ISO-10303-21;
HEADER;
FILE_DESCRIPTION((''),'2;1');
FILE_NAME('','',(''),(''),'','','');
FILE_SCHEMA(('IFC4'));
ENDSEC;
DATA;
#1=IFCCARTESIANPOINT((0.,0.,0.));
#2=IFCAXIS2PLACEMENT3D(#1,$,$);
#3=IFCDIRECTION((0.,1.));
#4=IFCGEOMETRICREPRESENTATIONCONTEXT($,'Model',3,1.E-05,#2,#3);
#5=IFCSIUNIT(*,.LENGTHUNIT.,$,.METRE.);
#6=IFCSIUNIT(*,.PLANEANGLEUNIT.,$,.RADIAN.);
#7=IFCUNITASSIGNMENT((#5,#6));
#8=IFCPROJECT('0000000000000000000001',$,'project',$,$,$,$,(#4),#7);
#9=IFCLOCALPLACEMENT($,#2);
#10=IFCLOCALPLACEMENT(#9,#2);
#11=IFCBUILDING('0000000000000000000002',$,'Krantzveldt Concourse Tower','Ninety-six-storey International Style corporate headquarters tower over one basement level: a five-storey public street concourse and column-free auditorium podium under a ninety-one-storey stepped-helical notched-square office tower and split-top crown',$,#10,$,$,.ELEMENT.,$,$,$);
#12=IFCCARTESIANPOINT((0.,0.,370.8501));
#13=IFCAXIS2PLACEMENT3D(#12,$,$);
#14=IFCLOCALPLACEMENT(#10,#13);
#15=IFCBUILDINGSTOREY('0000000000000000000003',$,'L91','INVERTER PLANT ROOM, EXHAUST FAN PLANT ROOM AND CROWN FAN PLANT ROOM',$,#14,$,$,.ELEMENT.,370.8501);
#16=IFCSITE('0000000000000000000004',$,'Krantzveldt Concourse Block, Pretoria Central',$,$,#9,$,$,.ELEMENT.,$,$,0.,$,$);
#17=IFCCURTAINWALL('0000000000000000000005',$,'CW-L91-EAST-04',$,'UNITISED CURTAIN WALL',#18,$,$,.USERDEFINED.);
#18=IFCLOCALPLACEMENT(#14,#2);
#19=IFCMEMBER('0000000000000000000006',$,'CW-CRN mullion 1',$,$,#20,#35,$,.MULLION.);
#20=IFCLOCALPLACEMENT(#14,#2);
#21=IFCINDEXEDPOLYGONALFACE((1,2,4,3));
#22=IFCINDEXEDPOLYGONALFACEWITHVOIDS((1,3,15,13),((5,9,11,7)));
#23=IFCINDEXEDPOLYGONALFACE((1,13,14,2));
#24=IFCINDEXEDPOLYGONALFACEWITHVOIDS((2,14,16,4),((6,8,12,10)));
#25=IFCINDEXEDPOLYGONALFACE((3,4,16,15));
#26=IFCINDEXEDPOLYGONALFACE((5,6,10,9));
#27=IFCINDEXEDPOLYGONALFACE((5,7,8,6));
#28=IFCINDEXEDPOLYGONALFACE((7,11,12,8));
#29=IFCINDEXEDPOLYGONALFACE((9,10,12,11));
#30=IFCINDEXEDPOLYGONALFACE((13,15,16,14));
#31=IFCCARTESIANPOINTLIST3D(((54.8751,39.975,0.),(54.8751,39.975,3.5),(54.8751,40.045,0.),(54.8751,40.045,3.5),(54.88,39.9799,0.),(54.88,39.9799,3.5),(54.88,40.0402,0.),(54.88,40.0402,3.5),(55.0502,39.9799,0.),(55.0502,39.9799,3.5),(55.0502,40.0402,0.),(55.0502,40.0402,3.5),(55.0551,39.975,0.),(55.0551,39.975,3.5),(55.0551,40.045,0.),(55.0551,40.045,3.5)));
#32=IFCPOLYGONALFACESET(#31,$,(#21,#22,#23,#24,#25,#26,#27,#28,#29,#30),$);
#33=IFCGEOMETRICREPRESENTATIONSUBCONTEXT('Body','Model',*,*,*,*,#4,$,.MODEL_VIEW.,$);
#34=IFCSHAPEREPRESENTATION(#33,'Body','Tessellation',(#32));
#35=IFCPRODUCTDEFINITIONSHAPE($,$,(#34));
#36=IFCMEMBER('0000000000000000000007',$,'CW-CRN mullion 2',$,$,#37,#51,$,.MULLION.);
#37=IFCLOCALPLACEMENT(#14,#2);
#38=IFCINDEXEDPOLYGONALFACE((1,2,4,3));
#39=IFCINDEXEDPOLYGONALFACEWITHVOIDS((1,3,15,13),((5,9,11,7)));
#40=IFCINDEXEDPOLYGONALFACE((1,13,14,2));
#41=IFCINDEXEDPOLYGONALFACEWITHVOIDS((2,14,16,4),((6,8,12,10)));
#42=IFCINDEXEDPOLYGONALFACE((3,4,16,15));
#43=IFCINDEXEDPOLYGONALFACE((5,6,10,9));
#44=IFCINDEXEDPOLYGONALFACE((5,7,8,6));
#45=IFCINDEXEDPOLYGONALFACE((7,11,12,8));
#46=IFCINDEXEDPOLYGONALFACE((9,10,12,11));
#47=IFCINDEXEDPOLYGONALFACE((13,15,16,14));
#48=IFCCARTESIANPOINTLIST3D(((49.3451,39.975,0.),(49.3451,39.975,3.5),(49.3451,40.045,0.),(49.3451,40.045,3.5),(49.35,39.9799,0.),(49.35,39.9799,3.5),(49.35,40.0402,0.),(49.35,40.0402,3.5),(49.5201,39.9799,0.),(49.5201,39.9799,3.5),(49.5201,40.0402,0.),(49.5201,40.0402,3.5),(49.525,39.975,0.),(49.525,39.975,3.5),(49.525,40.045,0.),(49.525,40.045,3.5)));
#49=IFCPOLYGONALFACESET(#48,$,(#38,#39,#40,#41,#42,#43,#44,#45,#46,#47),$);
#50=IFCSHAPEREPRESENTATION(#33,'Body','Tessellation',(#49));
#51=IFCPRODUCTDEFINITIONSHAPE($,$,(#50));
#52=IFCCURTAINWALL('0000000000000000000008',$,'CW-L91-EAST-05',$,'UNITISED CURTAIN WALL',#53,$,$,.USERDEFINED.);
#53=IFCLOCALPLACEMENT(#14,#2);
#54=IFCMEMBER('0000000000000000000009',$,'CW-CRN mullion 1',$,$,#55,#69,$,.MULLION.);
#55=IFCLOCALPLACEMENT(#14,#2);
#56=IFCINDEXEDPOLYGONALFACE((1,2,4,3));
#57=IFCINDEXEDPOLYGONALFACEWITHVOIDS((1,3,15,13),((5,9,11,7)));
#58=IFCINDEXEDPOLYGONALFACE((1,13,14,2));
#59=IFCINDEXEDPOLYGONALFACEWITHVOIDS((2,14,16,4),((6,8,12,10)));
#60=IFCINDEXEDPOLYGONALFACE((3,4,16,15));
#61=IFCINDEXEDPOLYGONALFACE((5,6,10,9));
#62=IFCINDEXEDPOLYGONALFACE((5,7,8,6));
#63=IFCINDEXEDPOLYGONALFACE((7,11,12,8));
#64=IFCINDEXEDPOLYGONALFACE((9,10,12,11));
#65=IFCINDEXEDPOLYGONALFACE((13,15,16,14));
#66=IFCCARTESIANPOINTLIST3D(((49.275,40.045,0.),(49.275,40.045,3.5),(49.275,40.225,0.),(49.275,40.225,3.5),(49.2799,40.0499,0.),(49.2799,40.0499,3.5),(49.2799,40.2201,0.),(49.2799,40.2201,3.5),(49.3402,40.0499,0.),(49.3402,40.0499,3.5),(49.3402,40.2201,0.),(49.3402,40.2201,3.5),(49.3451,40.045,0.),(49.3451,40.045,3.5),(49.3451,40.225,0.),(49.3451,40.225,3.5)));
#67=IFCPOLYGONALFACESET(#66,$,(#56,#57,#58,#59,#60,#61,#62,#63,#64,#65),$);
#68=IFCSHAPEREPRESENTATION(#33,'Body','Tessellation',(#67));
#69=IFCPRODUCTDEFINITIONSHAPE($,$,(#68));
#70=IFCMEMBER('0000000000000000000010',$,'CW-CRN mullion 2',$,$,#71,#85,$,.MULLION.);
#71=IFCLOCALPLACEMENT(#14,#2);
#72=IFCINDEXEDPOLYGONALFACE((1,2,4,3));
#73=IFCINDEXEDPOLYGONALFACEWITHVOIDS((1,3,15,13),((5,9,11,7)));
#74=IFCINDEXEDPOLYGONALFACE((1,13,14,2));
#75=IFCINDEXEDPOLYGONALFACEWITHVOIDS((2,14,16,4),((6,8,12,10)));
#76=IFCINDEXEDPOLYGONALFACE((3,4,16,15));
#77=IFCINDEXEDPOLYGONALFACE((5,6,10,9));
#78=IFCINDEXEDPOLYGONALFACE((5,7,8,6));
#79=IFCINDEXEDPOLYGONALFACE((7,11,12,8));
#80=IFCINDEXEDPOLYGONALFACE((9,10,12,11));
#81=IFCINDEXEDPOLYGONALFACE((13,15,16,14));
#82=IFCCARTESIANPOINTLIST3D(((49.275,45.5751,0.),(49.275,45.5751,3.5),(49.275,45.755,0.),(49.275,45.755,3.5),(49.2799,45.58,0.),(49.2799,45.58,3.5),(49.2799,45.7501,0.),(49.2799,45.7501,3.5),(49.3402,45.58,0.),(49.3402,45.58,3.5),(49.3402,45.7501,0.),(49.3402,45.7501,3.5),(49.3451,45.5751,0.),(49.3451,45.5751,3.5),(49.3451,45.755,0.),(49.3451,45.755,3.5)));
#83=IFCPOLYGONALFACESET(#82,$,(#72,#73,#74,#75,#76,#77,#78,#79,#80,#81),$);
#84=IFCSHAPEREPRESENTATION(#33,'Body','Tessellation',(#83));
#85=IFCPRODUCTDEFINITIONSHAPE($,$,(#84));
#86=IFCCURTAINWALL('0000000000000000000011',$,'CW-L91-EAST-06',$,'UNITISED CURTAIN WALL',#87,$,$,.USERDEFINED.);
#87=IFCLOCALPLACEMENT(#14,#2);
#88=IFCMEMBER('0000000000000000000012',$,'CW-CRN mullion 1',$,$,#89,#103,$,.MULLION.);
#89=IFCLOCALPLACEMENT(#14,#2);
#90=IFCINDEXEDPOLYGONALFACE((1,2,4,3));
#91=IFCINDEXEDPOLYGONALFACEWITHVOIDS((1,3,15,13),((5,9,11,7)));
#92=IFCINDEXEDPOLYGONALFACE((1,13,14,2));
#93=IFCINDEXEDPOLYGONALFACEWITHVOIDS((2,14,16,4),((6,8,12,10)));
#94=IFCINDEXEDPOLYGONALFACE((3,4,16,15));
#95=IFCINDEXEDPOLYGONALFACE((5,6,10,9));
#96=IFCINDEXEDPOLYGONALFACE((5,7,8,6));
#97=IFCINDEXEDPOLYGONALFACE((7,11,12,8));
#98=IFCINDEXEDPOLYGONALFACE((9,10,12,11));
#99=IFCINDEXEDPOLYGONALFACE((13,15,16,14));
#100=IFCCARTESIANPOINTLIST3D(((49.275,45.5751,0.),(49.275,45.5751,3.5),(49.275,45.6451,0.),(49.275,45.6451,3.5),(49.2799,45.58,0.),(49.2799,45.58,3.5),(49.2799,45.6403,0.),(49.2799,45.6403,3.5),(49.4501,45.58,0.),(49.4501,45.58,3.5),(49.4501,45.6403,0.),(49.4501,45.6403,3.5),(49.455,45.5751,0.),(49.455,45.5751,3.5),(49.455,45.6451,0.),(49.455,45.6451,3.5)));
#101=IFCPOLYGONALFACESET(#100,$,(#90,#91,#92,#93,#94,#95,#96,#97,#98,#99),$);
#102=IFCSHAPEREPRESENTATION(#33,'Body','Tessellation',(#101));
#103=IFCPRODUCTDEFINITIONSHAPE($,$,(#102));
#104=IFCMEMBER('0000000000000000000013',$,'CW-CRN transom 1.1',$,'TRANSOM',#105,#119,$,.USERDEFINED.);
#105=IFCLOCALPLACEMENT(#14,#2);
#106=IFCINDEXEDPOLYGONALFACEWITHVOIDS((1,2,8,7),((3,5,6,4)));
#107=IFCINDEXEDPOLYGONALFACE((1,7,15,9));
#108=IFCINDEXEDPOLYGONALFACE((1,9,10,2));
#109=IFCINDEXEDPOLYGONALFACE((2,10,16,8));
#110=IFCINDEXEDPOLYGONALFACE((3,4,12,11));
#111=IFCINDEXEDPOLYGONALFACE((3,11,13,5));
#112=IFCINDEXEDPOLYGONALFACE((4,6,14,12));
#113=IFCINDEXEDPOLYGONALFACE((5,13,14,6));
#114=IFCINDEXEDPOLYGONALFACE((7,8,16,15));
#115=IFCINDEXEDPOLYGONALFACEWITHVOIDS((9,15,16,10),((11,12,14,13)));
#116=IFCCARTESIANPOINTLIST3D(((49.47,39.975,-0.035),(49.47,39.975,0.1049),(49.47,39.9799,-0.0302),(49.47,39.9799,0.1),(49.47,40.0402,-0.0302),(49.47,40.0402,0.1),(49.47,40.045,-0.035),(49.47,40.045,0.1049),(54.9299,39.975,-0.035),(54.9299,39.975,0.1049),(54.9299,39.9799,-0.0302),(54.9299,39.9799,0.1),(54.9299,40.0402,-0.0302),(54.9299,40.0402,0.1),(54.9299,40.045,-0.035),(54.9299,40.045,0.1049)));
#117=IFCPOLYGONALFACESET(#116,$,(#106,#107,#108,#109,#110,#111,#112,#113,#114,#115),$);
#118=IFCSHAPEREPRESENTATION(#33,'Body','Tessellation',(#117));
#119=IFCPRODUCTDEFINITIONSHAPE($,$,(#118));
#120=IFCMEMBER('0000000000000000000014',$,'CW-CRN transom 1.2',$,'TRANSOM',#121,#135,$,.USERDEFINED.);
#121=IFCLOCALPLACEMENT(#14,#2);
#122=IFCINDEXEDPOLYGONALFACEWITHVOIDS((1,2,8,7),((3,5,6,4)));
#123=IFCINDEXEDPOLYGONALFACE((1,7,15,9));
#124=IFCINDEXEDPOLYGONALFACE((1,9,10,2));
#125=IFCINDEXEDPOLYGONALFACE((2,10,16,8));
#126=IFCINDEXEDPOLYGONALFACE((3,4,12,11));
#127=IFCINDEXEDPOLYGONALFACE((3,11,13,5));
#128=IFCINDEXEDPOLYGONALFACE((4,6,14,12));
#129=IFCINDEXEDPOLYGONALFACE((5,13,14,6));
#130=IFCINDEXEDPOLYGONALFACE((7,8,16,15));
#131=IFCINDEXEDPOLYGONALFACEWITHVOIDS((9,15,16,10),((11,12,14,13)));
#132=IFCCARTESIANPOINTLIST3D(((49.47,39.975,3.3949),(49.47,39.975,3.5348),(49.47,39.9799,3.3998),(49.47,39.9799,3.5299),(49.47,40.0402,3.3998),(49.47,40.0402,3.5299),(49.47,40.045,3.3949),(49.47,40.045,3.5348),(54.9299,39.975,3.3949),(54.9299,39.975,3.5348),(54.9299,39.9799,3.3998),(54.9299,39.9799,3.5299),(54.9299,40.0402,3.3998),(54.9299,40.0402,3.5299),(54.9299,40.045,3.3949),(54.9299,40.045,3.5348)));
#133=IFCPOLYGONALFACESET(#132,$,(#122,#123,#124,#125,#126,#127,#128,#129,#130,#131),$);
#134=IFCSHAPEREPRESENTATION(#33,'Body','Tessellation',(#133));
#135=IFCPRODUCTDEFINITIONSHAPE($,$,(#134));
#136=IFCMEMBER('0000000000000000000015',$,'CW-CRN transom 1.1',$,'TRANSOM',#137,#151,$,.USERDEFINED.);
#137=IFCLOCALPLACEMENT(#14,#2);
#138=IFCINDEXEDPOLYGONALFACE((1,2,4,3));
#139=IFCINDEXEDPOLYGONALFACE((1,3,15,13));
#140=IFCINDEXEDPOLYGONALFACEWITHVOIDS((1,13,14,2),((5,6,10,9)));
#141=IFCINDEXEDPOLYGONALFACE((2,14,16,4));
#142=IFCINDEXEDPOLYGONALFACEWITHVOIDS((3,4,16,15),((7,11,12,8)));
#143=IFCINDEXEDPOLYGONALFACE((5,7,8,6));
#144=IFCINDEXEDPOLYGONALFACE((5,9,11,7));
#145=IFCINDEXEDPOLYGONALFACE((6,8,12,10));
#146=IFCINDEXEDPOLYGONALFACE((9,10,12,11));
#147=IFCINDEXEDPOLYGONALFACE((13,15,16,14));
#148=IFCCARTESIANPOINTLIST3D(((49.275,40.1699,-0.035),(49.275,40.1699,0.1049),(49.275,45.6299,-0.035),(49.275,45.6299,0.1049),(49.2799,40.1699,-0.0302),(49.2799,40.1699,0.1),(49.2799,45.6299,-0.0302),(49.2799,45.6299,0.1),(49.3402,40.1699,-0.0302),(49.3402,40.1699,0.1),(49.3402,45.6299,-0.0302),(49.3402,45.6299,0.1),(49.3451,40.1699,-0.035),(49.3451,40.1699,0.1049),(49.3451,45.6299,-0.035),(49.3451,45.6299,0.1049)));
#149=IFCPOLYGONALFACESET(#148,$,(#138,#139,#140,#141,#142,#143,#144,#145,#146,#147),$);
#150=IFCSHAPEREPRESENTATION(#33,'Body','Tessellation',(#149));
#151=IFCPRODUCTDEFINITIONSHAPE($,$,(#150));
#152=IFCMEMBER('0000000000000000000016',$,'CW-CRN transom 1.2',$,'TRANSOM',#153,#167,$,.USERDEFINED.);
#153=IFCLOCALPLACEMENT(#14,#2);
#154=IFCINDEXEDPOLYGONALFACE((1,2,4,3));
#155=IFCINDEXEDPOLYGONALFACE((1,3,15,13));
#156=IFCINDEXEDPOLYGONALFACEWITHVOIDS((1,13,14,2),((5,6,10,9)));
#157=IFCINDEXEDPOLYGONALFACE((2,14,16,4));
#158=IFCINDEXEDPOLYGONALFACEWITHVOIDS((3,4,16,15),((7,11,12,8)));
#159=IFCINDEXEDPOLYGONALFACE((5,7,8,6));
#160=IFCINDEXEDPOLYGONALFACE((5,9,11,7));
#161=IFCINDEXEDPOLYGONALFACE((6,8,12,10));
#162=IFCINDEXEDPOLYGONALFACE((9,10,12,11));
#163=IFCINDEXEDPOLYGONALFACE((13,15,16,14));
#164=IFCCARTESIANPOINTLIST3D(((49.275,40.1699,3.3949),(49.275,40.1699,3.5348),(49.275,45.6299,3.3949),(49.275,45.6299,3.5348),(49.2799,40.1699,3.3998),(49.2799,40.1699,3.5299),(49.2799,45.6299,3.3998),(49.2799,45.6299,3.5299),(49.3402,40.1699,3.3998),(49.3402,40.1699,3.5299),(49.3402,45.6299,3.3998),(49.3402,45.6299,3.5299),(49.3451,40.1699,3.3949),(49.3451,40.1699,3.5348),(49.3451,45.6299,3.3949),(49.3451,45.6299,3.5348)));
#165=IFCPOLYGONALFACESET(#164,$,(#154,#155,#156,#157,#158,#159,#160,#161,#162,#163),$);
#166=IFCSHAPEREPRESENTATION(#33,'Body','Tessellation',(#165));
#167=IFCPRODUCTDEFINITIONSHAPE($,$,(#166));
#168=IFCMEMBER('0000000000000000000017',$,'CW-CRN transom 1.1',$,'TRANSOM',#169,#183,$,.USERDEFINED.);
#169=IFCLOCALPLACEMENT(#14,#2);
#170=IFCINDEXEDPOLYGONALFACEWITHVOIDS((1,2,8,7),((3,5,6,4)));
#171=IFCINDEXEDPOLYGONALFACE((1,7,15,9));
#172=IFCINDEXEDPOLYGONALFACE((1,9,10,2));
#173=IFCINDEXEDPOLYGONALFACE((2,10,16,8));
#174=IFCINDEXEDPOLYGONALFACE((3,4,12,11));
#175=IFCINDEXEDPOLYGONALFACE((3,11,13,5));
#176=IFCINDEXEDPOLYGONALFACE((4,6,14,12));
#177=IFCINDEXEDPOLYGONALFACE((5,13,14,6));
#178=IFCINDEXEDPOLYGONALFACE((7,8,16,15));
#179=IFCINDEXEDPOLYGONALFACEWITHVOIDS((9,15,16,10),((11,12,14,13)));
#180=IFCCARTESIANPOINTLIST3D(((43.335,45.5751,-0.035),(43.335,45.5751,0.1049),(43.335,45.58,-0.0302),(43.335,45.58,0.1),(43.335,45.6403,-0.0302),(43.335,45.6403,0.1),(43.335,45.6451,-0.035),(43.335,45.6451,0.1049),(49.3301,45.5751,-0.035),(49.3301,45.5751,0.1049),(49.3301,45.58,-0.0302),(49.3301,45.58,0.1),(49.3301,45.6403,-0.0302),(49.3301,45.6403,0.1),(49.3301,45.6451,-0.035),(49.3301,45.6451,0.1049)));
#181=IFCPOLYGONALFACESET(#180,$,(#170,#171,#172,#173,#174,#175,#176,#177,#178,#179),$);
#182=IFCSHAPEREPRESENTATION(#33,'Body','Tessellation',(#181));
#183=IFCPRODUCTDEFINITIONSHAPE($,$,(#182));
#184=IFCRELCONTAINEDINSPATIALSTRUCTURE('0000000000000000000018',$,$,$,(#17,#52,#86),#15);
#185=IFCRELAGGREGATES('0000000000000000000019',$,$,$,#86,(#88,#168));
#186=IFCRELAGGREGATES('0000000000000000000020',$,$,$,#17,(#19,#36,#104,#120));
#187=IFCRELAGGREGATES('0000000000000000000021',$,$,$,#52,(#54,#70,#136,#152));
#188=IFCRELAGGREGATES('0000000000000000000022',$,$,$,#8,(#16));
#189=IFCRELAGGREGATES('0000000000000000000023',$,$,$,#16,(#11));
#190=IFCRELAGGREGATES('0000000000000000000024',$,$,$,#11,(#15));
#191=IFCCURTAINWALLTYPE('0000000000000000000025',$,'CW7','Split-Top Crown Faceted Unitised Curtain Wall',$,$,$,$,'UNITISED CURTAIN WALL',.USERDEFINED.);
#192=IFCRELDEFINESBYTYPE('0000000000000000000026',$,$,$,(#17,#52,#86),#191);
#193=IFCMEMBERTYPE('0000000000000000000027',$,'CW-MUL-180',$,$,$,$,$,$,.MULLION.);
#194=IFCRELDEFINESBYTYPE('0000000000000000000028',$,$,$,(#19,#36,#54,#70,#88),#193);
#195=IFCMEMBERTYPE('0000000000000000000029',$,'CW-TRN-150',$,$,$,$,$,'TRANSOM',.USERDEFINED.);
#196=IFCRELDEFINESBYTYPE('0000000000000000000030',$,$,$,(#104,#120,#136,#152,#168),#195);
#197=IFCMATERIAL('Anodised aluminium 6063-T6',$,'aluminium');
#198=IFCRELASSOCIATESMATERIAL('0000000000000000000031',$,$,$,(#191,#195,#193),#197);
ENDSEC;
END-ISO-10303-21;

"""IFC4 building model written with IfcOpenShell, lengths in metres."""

from ifc_helpers import new_model, si_unit, direction, frame, origin, origin_2d, place, context, subcontext, project, spatial, hollow_rectangle, extrude, source, transform, mapped, material, material_profile, profile_set, type_object, type_shapes, element, aggregate, save


model = new_model("IFC4")

# Units and contexts
model_context = context("Model", 3, precision=1e-05, world=origin(), true_north=direction((0.0, 1.0)))
body_context = subcontext(model_context, "Body", "Model", "MODEL_VIEW")
ifc_project = project(units=[si_unit("LENGTHUNIT", "METRE"), si_unit("PLANEANGLEUNIT", "RADIAN")], contexts=[model_context])

# Site, building, storey
site_placement = place(None, origin())
site = spatial("IfcSite", under=ifc_project, at=site_placement, Name="Krantzveldt Concourse Block, Pretoria Central", CompositionType="ELEMENT", RefElevation=0.0)
building_placement = place(site_placement, origin())
building = spatial("IfcBuilding", under=site, at=building_placement, Name="Krantzveldt Concourse Tower", Description="Ninety-six-storey International Style corporate headquarters tower over one basement level: a five-storey public street concourse and column-free auditorium podium under a ninety-one-storey stepped-helical notched-square office tower and split-top crown", CompositionType="ELEMENT")
storey_placement = place(building_placement, frame((0.0, 0.0, 370.8501)))
storey = spatial("IfcBuildingStorey", under=building, at=storey_placement, Name="L91", Description="INVERTER PLANT ROOM, EXHAUST FAN PLANT ROOM AND CROWN FAN PLANT ROOM", CompositionType="ELEMENT", Elevation=370.8501)

# Curtain walls, members
ifc_material_1 = material(Name="Anodised aluminium 6063-T6", Category="aluminium")
curtain_wall_type = type_object("IfcCurtainWallType", Name="CW7", Description="Split-Top Crown Faceted Unitised Curtain Wall", ElementType="UNITISED CURTAIN WALL", PredefinedType="USERDEFINED", material=ifc_material_1)
ifc_material_profile_1 = material_profile(ifc_material_1, hollow_rectangle(XDim=0.0701, YDim=0.1399, WallThickness=0.0049, at=origin_2d()), Name="Anodised aluminium 6063-T6", Category="aluminium")
ifc_profile_set_1 = profile_set([ifc_material_profile_1], Name="Anodised aluminium 6063-T6 - ALU-TRAN 140x70x5")
member_type_1 = type_object("IfcMemberType", Name="CW-TRN-150", ElementType="TRANSOM", PredefinedType="USERDEFINED", material=ifc_profile_set_1)
ifc_material_profile_2 = material_profile(ifc_material_1, hollow_rectangle(XDim=0.0701, YDim=0.1799, WallThickness=0.0049, at=origin_2d()), Name="Anodised aluminium 6063-T6", Category="aluminium")
ifc_profile_set_2 = profile_set([ifc_material_profile_2], Name="Anodised aluminium 6063-T6 - ALU-MULL 180x70x5")
member_type_2 = type_object("IfcMemberType", Name="CW-MUL-180", PredefinedType="MULLION", material=ifc_profile_set_2)
shared_shape_1 = source(origin(), body_context, "Body", "SweptSolid", [
    extrude(hollow_rectangle(XDim=0.0701, YDim=0.1799, WallThickness=0.0049, at=origin_2d()), origin(), (0.0, 0.0, 1.0), 3.5),
])
type_shapes(member_type_2, [shared_shape_1])
curtain_wall_1_placement = place(storey_placement, origin())
curtain_wall_1 = element("IfcCurtainWall", 1, at=curtain_wall_1_placement, inside=storey, type_object=curtain_wall_type, Name="CW-L91-EAST-04", ObjectType="UNITISED CURTAIN WALL", PredefinedType="USERDEFINED")
member_1_placement = place(storey_placement, frame((54.9651, 40.01, 0.0), z_axis=(0.0, 0.0, 1.0), x_axis=(0.0, -1.0, 0.0)))
member_1 = element("IfcMember", 2, at=member_1_placement, type_object=member_type_2, Name="CW-CRN mullion 1", PredefinedType="MULLION", context=body_context, shape_type="MappedRepresentation", body=[
    mapped(shared_shape_1, transform((0.0, 0.0, 0.0), x_axis=(1.0, 0.0, 0.0), y_axis=(0.0, 1.0, 0.0), z_axis=(0.0, 0.0, 1.0), scale=1.0)),
])
member_2_placement = place(storey_placement, frame((49.4351, 40.01, 0.0), z_axis=(0.0, 0.0, 1.0), x_axis=(0.0, -1.0, 0.0)))
member_2 = element("IfcMember", 3, at=member_2_placement, type_object=member_type_2, Name="CW-CRN mullion 2", PredefinedType="MULLION", context=body_context, shape_type="MappedRepresentation", body=[
    mapped(shared_shape_1, transform((0.0, 0.0, 0.0), x_axis=(1.0, 0.0, 0.0), y_axis=(0.0, 1.0, 0.0), z_axis=(0.0, 0.0, 1.0), scale=1.0)),
])
curtain_wall_2_placement = place(storey_placement, origin())
curtain_wall_2 = element("IfcCurtainWall", 4, at=curtain_wall_2_placement, inside=storey, type_object=curtain_wall_type, Name="CW-L91-EAST-05", ObjectType="UNITISED CURTAIN WALL", PredefinedType="USERDEFINED")
member_3_placement = place(storey_placement, frame((49.3101, 40.135, 0.0), z_axis=(0.0, 0.0, 1.0), x_axis=(-1.0, 0.0, 0.0)))
member_3 = element("IfcMember", 5, at=member_3_placement, type_object=member_type_2, Name="CW-CRN mullion 1", PredefinedType="MULLION", context=body_context, shape_type="MappedRepresentation", body=[
    mapped(shared_shape_1, transform((0.0, 0.0, 0.0), x_axis=(1.0, 0.0, 0.0), y_axis=(0.0, 1.0, 0.0), z_axis=(0.0, 0.0, 1.0), scale=1.0)),
])
member_4_placement = place(storey_placement, frame((49.3101, 45.665, 0.0), z_axis=(0.0, 0.0, 1.0), x_axis=(-1.0, 0.0, 0.0)))
member_4 = element("IfcMember", 6, at=member_4_placement, type_object=member_type_2, Name="CW-CRN mullion 2", PredefinedType="MULLION", context=body_context, shape_type="MappedRepresentation", body=[
    mapped(shared_shape_1, transform((0.0, 0.0, 0.0), x_axis=(1.0, 0.0, 0.0), y_axis=(0.0, 1.0, 0.0), z_axis=(0.0, 0.0, 1.0), scale=1.0)),
])

# Curtain wall, member
curtain_wall_3_placement = place(storey_placement, origin())
curtain_wall_3 = element("IfcCurtainWall", 7, at=curtain_wall_3_placement, inside=storey, type_object=curtain_wall_type, Name="CW-L91-EAST-06", ObjectType="UNITISED CURTAIN WALL", PredefinedType="USERDEFINED")
member_5_placement = place(storey_placement, frame((49.365, 45.6101, 0.0), z_axis=(0.0, 0.0, 1.0), x_axis=(0.0, -1.0, 0.0)))
member_5 = element("IfcMember", 8, at=member_5_placement, type_object=member_type_2, Name="CW-CRN mullion 1", PredefinedType="MULLION", context=body_context, shape_type="MappedRepresentation", body=[
    mapped(shared_shape_1, transform((0.0, 0.0, 0.0), x_axis=(1.0, 0.0, 0.0), y_axis=(0.0, 1.0, 0.0), z_axis=(0.0, 0.0, 1.0), scale=1.0)),
])

# Members
shared_shape_2 = source(origin(), body_context, "Body", "SweptSolid", [
    extrude(hollow_rectangle(XDim=0.0701, YDim=0.1399, WallThickness=0.0049, at=origin_2d()), origin(), (0.0, 0.0, 1.0), 5.46),
])
member_6_placement = place(storey_placement, frame((54.9299, 40.01, 0.0349), z_axis=(-1.0, 0.0, 0.0), x_axis=(0.0, -1.0, 0.0)))
member_6 = element("IfcMember", 9, at=member_6_placement, type_object=member_type_1, Name="CW-CRN transom 1.1", ObjectType="TRANSOM", PredefinedType="USERDEFINED", context=body_context, shape_type="MappedRepresentation", body=[
    mapped(shared_shape_2, transform((0.0, 0.0, 0.0), x_axis=(1.0, 0.0, 0.0), y_axis=(0.0, 1.0, 0.0), z_axis=(0.0, 0.0, 1.0), scale=1.0)),
])
member_7_placement = place(storey_placement, frame((54.9299, 40.01, 3.4648), z_axis=(-1.0, 0.0, 0.0), x_axis=(0.0, -1.0, 0.0)))
member_7 = element("IfcMember", 10, at=member_7_placement, type_object=member_type_1, Name="CW-CRN transom 1.2", ObjectType="TRANSOM", PredefinedType="USERDEFINED", context=body_context, shape_type="MappedRepresentation", body=[
    mapped(shared_shape_2, transform((0.0, 0.0, 0.0), x_axis=(1.0, 0.0, 0.0), y_axis=(0.0, 1.0, 0.0), z_axis=(0.0, 0.0, 1.0), scale=1.0)),
])
member_8_placement = place(storey_placement, frame((49.3101, 40.1699, 0.0349), z_axis=(0.0, 1.0, 0.0), x_axis=(-1.0, 0.0, 0.0)))
member_8 = element("IfcMember", 11, at=member_8_placement, type_object=member_type_1, Name="CW-CRN transom 1.1", ObjectType="TRANSOM", PredefinedType="USERDEFINED", context=body_context, shape_type="MappedRepresentation", body=[
    mapped(shared_shape_2, transform((0.0, 0.0, 0.0), x_axis=(1.0, 0.0, 0.0), y_axis=(0.0, 1.0, 0.0), z_axis=(0.0, 0.0, 1.0), scale=1.0)),
])
member_9_placement = place(storey_placement, frame((49.3101, 40.1699, 3.4648), z_axis=(0.0, 1.0, 0.0), x_axis=(-1.0, 0.0, 0.0)))
member_9 = element("IfcMember", 12, at=member_9_placement, type_object=member_type_1, Name="CW-CRN transom 1.2", ObjectType="TRANSOM", PredefinedType="USERDEFINED", context=body_context, shape_type="MappedRepresentation", body=[
    mapped(shared_shape_2, transform((0.0, 0.0, 0.0), x_axis=(1.0, 0.0, 0.0), y_axis=(0.0, 1.0, 0.0), z_axis=(0.0, 0.0, 1.0), scale=1.0)),
])
shared_shape_3 = source(origin(), body_context, "Body", "SweptSolid", [
    extrude(hollow_rectangle(XDim=0.0701, YDim=0.1399, WallThickness=0.0049, at=origin_2d()), origin(), (0.0, 0.0, 1.0), 5.9951),
])
member_10_placement = place(storey_placement, frame((49.3301, 45.6101, 0.0349), z_axis=(-1.0, 0.0, 0.0), x_axis=(0.0, -1.0, 0.0)))
member_10 = element("IfcMember", 13, at=member_10_placement, type_object=member_type_1, Name="CW-CRN transom 1.1", ObjectType="TRANSOM", PredefinedType="USERDEFINED", context=body_context, shape_type="MappedRepresentation", body=[
    mapped(shared_shape_3, transform((0.0, 0.0, 0.0), x_axis=(1.0, 0.0, 0.0), y_axis=(0.0, 1.0, 0.0), z_axis=(0.0, 0.0, 1.0), scale=1.0)),
])
aggregate(curtain_wall_3, [member_5, member_10])

aggregate(curtain_wall_1, [member_1, member_2, member_6, member_7])
aggregate(curtain_wall_2, [member_3, member_4, member_8, member_9])

save(model, "model.ifc")
